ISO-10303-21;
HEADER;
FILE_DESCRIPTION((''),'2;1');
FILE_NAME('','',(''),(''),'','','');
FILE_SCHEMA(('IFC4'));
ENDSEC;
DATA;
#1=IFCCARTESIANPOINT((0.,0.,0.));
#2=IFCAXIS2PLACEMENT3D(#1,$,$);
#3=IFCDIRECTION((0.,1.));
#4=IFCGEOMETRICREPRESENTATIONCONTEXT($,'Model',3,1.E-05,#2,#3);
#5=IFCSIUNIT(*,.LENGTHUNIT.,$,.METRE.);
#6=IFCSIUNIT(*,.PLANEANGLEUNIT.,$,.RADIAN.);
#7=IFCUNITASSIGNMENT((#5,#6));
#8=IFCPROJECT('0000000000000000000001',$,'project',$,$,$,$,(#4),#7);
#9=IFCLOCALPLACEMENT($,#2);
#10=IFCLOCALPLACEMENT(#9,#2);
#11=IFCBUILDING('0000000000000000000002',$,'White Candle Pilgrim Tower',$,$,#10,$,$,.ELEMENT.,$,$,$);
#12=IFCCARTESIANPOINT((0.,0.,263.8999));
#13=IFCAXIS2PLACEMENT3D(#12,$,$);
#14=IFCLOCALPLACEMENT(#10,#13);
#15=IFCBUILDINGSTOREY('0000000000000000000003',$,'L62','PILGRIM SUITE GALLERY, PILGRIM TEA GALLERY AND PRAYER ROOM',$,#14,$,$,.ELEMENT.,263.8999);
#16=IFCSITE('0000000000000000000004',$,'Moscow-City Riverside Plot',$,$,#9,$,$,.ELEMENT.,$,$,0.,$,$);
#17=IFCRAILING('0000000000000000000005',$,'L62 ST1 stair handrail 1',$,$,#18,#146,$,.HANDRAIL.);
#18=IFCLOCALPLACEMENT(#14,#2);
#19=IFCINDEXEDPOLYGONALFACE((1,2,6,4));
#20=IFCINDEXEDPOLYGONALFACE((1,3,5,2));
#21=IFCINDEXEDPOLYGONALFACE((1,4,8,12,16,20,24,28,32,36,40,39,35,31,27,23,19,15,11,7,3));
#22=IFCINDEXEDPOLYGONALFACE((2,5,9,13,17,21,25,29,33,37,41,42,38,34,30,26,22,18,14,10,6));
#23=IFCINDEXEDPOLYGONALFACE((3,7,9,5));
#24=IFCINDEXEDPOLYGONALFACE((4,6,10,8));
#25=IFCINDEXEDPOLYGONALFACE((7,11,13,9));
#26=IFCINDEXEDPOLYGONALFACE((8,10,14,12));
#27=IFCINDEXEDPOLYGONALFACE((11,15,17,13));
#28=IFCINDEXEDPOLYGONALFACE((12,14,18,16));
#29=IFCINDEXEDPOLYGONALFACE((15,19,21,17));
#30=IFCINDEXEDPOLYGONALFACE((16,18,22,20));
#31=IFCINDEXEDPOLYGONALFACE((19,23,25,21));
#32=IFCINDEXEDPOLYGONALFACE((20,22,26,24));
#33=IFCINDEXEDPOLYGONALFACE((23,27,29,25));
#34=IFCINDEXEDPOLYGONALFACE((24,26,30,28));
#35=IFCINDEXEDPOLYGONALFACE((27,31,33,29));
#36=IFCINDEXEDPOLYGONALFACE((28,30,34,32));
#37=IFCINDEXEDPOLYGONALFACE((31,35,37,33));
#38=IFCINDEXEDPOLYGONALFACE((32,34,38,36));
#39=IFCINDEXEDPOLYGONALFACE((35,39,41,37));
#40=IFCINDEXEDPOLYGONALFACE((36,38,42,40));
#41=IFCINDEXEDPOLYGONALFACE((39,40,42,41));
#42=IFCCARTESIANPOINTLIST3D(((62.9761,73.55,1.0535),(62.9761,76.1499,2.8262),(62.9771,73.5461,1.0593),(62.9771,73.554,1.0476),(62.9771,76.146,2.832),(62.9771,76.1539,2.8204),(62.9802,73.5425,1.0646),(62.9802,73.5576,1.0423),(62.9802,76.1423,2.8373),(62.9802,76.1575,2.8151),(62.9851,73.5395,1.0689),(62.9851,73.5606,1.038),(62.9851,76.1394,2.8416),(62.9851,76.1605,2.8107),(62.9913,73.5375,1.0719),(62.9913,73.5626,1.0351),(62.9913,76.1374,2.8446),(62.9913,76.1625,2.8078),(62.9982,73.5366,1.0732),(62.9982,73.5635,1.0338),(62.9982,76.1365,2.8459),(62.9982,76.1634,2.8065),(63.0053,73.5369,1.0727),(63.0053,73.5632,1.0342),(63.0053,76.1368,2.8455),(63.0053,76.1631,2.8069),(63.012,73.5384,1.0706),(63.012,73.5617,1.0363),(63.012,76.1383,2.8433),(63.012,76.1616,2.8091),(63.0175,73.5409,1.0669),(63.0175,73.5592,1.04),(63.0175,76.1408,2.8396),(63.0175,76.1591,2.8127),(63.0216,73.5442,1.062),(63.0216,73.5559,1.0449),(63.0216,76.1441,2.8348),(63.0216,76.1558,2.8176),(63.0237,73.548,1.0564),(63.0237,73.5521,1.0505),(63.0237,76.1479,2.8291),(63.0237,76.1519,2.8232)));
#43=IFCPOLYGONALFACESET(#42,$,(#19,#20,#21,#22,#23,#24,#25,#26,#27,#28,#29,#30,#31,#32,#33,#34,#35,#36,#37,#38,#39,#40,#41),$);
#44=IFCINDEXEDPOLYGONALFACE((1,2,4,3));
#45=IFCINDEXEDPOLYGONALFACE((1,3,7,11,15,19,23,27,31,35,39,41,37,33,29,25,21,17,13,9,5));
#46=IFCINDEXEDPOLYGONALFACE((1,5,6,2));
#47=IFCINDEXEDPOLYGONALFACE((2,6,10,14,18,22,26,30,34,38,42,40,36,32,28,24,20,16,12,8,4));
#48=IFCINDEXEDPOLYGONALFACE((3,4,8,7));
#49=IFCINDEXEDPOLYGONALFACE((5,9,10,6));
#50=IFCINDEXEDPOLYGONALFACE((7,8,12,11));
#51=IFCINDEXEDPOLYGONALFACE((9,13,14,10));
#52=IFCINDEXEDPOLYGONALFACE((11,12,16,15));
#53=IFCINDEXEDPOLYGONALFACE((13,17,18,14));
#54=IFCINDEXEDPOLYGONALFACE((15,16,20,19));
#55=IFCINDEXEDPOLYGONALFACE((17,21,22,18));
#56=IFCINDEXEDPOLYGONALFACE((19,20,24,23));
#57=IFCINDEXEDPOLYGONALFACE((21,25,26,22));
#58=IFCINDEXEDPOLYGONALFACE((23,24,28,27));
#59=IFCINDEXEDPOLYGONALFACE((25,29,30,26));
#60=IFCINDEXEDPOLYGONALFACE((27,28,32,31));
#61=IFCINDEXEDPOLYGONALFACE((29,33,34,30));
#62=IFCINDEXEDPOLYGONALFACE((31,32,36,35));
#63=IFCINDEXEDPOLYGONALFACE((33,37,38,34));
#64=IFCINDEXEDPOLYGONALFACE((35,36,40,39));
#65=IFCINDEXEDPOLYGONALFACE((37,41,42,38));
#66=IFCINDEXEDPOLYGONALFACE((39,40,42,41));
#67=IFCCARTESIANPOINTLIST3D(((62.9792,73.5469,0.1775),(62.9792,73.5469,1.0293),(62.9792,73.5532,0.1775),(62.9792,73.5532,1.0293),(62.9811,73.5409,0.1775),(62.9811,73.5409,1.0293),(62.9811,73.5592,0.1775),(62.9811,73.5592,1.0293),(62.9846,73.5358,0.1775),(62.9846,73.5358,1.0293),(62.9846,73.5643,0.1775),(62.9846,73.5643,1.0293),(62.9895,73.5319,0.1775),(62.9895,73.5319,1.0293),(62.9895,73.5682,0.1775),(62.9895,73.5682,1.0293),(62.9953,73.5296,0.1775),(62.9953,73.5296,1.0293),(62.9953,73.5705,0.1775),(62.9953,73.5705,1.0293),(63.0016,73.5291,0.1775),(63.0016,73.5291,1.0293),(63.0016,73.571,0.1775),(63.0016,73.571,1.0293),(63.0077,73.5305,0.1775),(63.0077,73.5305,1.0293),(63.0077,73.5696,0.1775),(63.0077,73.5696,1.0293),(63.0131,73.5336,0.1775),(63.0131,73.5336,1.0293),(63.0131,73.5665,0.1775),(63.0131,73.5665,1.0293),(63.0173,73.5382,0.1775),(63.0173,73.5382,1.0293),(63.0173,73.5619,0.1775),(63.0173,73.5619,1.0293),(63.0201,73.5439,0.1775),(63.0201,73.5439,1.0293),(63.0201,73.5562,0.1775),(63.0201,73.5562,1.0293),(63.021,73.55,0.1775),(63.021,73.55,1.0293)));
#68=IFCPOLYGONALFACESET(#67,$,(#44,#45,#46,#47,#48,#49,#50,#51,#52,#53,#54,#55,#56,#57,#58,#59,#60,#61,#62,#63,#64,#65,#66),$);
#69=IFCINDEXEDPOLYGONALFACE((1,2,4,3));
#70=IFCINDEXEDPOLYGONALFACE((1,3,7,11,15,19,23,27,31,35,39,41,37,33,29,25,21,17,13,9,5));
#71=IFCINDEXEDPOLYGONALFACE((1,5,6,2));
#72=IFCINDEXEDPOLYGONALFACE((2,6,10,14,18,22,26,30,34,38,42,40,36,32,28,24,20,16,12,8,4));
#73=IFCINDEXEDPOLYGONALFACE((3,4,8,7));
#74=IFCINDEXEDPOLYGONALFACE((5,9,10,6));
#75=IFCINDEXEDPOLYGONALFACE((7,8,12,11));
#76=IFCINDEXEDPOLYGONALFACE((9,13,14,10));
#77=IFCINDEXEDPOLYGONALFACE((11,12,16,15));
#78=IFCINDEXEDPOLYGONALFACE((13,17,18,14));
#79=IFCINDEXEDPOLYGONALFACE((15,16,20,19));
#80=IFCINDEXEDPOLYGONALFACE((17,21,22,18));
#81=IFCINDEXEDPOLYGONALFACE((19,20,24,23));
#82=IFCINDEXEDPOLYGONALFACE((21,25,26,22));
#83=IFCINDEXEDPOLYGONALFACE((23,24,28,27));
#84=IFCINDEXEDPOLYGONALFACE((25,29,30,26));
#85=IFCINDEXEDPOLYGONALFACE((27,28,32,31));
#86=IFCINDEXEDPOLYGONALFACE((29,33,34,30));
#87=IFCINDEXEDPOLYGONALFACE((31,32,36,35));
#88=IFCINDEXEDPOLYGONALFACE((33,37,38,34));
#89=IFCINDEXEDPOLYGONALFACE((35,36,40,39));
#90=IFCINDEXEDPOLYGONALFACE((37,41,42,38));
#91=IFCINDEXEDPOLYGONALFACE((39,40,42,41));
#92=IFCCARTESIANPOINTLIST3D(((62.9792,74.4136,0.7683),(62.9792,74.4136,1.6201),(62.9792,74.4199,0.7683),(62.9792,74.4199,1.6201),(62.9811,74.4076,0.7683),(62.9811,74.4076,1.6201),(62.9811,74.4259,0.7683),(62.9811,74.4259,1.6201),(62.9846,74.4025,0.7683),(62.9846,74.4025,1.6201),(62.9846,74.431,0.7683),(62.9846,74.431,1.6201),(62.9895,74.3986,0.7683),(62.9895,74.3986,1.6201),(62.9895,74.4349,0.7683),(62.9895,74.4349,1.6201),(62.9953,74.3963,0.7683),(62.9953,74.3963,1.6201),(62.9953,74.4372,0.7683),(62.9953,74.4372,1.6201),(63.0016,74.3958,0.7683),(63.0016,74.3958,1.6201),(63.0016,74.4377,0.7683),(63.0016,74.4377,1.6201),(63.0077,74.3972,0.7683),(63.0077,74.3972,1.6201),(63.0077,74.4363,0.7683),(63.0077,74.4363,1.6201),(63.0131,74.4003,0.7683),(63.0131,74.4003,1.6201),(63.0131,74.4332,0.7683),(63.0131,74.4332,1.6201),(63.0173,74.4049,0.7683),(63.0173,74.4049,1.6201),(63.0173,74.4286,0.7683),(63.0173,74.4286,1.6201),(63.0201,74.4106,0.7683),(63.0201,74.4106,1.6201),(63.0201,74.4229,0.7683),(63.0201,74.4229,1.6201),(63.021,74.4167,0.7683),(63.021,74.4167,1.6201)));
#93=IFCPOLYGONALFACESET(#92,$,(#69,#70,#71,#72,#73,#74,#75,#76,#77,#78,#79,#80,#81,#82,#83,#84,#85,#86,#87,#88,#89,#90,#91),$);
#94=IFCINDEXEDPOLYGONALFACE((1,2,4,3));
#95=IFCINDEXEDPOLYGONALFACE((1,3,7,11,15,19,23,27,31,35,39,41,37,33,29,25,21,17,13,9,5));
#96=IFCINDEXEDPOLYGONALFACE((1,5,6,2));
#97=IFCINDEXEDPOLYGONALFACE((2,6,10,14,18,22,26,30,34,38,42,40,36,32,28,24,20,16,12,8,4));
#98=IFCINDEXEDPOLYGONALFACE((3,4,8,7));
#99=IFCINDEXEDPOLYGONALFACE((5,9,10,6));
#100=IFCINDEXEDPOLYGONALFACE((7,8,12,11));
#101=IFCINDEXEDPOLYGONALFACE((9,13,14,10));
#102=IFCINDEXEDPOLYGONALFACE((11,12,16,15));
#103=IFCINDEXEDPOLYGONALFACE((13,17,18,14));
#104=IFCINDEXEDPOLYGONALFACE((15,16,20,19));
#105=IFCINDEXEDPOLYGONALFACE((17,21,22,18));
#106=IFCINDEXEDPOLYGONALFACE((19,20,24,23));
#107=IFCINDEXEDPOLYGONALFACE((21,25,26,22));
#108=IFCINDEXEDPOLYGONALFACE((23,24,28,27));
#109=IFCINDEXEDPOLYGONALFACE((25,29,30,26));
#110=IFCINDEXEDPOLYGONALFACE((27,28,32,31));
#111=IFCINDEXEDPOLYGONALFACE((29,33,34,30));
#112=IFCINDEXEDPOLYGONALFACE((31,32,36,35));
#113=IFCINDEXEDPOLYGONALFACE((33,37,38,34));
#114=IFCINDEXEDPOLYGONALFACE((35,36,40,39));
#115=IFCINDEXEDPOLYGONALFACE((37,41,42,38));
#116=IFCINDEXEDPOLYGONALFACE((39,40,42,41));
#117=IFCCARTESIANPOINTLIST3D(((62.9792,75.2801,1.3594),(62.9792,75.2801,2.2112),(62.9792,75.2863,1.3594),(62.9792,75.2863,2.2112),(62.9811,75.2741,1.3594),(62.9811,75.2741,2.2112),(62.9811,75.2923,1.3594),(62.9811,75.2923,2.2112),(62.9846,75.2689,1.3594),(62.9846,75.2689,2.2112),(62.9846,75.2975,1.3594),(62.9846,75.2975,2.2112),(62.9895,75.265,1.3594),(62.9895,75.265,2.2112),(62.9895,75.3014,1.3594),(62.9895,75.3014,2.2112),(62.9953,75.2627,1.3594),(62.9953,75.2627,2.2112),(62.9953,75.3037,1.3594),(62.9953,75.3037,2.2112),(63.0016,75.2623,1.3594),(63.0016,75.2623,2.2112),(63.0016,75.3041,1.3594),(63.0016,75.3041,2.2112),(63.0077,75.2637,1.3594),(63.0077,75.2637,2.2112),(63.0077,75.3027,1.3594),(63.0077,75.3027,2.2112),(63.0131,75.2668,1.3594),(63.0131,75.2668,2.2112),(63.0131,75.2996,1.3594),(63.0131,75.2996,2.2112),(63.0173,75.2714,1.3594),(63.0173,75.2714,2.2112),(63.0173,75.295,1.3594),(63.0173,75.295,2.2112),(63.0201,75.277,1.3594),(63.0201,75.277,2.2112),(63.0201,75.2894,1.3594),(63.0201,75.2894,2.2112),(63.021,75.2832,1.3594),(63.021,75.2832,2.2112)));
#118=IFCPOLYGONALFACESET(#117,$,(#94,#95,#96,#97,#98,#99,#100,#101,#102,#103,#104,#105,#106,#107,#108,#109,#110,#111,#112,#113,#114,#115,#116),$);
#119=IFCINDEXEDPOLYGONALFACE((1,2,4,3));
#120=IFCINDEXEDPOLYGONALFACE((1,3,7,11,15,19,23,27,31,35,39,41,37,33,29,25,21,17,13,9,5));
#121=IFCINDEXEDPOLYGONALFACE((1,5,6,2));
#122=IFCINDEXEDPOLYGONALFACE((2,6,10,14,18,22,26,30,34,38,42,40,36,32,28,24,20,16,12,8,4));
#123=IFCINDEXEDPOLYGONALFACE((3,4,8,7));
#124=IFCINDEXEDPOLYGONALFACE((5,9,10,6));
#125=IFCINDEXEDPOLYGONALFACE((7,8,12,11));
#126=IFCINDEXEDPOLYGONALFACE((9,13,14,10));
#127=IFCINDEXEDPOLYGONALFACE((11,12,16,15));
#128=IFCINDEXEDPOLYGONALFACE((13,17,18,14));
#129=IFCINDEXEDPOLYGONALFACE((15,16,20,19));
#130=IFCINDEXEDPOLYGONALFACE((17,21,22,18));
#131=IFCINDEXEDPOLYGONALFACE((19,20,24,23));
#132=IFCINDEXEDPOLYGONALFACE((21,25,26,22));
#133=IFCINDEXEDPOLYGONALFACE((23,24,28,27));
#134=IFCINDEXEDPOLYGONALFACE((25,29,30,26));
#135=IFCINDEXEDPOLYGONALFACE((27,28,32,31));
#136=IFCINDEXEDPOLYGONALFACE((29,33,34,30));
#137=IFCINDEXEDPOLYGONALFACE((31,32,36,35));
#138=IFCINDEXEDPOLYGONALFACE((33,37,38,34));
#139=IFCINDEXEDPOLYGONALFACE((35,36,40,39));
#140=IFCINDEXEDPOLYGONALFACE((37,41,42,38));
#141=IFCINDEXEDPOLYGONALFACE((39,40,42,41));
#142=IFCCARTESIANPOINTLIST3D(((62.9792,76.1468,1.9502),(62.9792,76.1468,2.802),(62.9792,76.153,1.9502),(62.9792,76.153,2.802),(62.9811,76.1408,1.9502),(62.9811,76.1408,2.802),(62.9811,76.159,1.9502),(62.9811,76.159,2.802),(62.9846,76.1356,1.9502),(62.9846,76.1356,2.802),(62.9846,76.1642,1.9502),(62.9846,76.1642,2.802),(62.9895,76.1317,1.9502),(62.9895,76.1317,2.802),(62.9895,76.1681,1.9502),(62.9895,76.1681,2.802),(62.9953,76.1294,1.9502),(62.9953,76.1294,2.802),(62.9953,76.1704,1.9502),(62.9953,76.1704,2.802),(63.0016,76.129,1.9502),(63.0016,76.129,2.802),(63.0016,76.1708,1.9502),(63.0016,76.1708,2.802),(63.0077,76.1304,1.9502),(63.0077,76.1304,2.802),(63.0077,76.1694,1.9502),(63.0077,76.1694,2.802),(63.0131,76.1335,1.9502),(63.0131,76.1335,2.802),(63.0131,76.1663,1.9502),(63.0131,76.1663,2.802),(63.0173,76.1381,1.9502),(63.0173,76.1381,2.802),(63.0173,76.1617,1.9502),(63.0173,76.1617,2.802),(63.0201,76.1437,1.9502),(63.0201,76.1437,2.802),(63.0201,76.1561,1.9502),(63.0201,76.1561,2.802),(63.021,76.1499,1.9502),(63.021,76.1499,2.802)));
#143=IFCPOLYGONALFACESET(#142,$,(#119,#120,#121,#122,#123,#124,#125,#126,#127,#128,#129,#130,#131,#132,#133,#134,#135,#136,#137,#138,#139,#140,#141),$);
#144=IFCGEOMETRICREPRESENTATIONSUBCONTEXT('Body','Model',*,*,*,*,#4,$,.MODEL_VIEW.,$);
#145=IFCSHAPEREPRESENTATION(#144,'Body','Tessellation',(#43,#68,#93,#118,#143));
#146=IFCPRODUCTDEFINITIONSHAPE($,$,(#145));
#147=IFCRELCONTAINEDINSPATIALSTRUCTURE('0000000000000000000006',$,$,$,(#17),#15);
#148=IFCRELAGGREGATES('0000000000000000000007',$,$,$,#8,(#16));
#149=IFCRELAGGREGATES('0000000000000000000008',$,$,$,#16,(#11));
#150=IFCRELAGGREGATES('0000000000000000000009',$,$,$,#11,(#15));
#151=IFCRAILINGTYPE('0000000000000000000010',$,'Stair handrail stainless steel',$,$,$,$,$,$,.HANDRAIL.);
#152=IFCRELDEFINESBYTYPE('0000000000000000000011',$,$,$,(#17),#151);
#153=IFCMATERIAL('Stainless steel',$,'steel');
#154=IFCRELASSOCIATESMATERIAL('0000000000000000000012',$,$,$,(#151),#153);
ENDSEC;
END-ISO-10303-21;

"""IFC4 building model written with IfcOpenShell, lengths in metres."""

from ifc_helpers import new_model, si_unit, direction, frame, origin, origin_2d, place, context, subcontext, project, spatial, circle, extrude, material, type_object, element, save


model = new_model("IFC4")

# Units and contexts
model_context = context("Model", 3, precision=1e-05, world=origin(), true_north=direction((0.0, 1.0)))
body_context = subcontext(model_context, "Body", "Model", "MODEL_VIEW")
ifc_project = project(units=[si_unit("LENGTHUNIT", "METRE"), si_unit("PLANEANGLEUNIT", "RADIAN")], contexts=[model_context])

# Site, building, storey
site_placement = place(None, origin())
site = spatial("IfcSite", under=ifc_project, at=site_placement, Name="Moscow-City Riverside Plot", CompositionType="ELEMENT", RefElevation=0.0)
building_placement = place(site_placement, origin())
building = spatial("IfcBuilding", under=site, at=building_placement, Name="White Candle Pilgrim Tower", CompositionType="ELEMENT")
storey_placement = place(building_placement, frame((0.0, 0.0, 263.8999)))
storey = spatial("IfcBuildingStorey", under=building, at=storey_placement, Name="L62", Description="PILGRIM SUITE GALLERY, PILGRIM TEA GALLERY AND PRAYER ROOM", CompositionType="ELEMENT", Elevation=263.8999)

# Railing
ifc_material_1 = material(Name="Stainless steel", Category="steel")
railing_type_1 = type_object("IfcRailingType", Name="Stair handrail stainless steel", PredefinedType="HANDRAIL", material=ifc_material_1)
railing_1_placement = place(storey_placement, frame((63.0, 73.55, 0.1775)))
element("IfcRailing", 1, at=railing_1_placement, inside=storey, type_object=railing_type_1, Name="L62 ST1 stair handrail 1", PredefinedType="HANDRAIL", context=body_context, shape_type="SweptSolid", body=[
    extrude(circle(Radius=0.0239, at=origin_2d()), frame((0.0, 0.0, 0.876), z_axis=(0.0, 0.826216, 0.563354), x_axis=(-1.0, 0.0, 0.0)), (0.0, 0.0, 1.0), 3.1467),
    extrude(circle(Radius=0.021, at=origin_2d()), origin(), (0.0, 0.0, 1.0), 0.8518),
    extrude(circle(Radius=0.021, at=origin_2d()), frame((0.0, 0.8667, 0.5908)), (0.0, 0.0, 1.0), 0.8518),
    extrude(circle(Radius=0.021, at=origin_2d()), frame((0.0, 1.7332, 1.1819)), (0.0, 0.0, 1.0), 0.8518),
    extrude(circle(Radius=0.021, at=origin_2d()), frame((0.0, 2.5999, 1.7727)), (0.0, 0.0, 1.0), 0.8518),
])

save(model, "model.ifc")
